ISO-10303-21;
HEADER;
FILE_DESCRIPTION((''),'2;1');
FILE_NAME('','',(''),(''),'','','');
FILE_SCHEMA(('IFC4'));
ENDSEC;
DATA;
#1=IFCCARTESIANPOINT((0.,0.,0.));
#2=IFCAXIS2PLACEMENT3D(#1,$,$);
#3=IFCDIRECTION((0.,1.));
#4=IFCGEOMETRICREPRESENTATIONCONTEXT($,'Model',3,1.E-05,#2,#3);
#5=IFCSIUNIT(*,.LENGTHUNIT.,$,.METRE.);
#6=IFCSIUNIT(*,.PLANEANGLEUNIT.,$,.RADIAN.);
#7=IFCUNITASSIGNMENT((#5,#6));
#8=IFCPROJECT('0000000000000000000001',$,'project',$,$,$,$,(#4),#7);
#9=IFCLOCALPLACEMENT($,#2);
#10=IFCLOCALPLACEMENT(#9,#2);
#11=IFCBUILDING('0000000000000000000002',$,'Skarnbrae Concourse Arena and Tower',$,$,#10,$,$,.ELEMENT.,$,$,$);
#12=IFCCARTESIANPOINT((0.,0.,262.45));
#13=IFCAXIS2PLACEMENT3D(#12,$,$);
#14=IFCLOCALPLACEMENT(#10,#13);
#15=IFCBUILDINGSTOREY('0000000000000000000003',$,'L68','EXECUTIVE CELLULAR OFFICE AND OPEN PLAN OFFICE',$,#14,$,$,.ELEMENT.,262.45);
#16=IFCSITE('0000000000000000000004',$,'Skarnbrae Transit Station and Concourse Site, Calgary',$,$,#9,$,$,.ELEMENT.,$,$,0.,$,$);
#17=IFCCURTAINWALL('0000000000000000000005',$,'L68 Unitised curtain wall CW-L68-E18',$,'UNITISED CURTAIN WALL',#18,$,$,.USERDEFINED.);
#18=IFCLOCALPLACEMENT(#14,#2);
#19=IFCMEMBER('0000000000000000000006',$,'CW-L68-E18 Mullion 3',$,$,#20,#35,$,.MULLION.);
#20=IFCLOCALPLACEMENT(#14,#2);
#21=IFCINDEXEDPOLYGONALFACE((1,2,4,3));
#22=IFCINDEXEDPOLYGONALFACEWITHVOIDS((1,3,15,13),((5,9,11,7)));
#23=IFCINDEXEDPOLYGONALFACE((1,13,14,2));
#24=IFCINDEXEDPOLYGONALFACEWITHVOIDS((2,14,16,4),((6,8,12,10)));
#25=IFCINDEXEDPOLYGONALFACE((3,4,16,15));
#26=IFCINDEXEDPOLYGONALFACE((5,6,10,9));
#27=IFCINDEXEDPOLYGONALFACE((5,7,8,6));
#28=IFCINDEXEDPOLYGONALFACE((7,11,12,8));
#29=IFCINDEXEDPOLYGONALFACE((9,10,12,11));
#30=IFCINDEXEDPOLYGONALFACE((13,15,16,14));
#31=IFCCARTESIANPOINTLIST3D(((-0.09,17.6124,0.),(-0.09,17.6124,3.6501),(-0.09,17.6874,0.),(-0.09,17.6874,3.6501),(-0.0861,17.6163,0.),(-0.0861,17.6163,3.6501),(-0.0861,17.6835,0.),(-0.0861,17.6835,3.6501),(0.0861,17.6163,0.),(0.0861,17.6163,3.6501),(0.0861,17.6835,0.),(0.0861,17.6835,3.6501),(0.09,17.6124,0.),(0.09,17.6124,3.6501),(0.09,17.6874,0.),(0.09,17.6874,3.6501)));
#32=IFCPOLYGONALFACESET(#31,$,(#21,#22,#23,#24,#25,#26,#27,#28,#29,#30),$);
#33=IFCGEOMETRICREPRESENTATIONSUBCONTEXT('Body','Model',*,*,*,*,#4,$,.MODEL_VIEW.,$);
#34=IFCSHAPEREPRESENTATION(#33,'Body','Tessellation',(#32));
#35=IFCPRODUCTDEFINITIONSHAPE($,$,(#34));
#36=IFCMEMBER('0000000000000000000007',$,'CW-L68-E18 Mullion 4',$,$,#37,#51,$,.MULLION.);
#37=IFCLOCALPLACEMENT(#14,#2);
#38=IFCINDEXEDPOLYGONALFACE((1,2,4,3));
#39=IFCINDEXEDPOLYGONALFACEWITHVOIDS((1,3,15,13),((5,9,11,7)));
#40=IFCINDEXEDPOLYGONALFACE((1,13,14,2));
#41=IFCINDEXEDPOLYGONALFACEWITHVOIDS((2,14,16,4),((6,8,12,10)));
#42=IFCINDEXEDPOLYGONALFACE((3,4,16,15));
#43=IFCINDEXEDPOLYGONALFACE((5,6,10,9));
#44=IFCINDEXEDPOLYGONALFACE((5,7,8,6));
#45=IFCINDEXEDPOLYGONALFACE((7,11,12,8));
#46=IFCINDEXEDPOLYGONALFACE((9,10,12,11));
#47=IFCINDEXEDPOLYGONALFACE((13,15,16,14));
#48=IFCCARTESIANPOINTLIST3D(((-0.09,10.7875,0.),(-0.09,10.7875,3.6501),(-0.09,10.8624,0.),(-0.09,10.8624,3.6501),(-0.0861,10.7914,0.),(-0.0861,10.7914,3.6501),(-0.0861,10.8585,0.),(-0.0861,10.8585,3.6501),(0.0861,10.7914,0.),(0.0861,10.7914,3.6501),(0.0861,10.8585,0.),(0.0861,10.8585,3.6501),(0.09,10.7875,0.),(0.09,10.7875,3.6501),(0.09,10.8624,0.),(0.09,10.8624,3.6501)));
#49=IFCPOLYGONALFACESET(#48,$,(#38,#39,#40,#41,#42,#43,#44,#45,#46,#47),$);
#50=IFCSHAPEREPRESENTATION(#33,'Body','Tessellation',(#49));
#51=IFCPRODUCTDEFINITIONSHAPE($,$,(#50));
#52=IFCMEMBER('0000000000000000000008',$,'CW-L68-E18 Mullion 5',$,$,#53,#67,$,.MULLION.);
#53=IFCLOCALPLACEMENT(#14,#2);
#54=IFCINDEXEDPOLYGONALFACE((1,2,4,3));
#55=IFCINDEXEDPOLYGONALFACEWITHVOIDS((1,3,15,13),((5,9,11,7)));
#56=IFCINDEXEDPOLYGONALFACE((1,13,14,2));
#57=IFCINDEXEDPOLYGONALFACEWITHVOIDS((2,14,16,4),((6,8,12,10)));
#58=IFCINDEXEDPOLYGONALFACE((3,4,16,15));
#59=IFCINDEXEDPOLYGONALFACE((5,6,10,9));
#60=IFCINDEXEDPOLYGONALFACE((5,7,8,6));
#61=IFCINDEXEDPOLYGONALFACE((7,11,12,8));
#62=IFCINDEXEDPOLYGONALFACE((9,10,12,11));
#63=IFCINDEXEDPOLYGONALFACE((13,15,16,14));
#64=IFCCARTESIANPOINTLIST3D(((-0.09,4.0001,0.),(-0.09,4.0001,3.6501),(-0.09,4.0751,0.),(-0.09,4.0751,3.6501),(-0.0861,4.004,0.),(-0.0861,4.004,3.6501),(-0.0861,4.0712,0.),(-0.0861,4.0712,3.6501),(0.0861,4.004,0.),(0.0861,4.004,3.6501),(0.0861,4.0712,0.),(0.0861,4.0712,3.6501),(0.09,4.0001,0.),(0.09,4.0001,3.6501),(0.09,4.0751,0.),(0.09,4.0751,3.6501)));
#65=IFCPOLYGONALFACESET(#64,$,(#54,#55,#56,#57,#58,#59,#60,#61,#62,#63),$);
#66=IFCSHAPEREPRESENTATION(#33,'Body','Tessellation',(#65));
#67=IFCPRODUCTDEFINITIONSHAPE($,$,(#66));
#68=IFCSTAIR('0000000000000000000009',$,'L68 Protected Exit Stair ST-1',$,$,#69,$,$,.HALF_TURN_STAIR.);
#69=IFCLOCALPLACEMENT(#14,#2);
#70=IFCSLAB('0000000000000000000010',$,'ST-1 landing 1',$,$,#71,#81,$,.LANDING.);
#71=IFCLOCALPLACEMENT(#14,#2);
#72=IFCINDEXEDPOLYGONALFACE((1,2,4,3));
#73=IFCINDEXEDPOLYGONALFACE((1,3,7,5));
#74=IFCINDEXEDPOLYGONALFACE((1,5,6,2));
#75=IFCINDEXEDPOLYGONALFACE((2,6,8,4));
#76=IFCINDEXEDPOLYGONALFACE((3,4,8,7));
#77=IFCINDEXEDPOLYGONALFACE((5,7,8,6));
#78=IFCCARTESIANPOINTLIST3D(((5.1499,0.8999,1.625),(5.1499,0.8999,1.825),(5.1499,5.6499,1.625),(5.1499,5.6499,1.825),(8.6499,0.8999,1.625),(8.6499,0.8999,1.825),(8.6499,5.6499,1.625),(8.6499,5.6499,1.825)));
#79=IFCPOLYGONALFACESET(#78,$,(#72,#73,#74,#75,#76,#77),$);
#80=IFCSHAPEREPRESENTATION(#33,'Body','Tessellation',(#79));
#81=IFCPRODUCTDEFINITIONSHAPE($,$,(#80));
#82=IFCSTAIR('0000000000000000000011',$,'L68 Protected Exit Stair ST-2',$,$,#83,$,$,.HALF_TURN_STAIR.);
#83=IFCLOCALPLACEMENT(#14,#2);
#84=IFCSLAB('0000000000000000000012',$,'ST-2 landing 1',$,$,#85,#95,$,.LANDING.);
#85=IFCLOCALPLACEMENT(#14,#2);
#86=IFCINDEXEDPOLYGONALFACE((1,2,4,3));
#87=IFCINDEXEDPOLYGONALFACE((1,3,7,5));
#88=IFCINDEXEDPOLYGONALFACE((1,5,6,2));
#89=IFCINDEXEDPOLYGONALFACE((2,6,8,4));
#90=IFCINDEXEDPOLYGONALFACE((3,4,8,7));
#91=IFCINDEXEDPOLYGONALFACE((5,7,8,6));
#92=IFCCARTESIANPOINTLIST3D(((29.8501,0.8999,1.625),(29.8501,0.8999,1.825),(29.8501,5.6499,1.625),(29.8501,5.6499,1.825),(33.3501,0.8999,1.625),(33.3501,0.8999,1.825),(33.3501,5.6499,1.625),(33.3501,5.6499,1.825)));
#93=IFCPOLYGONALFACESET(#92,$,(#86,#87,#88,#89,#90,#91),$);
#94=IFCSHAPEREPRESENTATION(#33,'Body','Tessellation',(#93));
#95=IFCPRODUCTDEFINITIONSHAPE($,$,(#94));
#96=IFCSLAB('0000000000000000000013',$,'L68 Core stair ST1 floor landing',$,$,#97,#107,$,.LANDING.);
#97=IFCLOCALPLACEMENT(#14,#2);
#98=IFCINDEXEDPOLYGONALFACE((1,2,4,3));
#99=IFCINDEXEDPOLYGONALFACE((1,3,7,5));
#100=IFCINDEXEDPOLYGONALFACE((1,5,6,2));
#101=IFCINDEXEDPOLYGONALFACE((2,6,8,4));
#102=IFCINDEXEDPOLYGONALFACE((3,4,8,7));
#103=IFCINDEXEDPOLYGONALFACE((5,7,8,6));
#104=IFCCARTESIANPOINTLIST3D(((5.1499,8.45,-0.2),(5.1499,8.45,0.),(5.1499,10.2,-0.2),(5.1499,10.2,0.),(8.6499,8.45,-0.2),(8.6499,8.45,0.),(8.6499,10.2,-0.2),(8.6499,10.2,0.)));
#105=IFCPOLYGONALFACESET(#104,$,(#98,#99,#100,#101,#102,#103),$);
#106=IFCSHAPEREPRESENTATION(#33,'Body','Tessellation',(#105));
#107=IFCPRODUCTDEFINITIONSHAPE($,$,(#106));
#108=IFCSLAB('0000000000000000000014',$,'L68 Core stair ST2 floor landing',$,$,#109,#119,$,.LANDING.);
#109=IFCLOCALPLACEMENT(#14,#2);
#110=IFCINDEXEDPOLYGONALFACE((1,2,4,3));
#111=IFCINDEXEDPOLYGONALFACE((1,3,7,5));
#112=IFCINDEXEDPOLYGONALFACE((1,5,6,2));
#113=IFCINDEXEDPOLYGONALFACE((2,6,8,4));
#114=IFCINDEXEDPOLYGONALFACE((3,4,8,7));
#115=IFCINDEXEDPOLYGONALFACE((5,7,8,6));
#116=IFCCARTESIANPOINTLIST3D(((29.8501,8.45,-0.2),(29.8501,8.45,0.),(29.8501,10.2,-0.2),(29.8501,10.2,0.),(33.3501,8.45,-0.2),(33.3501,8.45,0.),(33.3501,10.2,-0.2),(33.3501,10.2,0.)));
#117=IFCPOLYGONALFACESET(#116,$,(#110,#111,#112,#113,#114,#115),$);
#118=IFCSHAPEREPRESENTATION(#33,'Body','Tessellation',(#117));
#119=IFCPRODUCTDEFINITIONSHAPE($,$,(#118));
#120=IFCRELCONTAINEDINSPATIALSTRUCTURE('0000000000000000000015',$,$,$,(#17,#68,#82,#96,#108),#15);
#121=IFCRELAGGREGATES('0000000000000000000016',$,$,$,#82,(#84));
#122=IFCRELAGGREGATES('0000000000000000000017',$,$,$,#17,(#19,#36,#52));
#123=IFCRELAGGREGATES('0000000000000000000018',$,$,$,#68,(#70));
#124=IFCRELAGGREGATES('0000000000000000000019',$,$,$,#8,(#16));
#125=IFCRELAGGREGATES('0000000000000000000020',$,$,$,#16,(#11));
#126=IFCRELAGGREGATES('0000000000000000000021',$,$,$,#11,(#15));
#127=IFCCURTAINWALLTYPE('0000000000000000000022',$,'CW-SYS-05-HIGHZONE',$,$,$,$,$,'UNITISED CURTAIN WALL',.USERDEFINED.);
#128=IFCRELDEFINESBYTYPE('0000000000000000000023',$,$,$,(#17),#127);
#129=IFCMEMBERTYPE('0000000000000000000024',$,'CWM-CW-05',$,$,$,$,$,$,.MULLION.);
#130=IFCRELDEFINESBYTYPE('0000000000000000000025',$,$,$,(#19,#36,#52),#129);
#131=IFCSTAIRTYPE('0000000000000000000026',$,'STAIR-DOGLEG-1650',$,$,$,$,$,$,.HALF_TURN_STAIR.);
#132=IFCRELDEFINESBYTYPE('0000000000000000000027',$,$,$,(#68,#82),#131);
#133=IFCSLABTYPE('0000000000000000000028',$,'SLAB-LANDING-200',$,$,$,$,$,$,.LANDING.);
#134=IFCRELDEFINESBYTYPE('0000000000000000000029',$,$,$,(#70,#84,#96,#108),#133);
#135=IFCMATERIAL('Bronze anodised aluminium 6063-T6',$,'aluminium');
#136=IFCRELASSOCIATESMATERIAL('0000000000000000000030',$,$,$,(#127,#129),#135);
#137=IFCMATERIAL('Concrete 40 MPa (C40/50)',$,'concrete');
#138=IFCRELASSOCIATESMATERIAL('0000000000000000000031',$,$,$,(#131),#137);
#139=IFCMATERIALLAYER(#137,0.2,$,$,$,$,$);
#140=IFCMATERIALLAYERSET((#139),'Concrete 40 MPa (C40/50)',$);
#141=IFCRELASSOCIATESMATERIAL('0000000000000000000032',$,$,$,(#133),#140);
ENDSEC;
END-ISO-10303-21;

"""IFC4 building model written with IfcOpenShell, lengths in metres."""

from ifc_helpers import new_model, si_unit, direction, frame, origin, origin_2d, place, context, subcontext, project, spatial, polyline, hollow_rectangle, outline, extrude, source, transform, mapped, material, layer, layer_set, material_profile, profile_set, type_object, element, aggregate, save


model = new_model("IFC4")

# Units and contexts
model_context = context("Model", 3, precision=1e-05, world=origin(), true_north=direction((0.0, 1.0)))
body_context = subcontext(model_context, "Body", "Model", "MODEL_VIEW")
ifc_project = project(units=[si_unit("LENGTHUNIT", "METRE"), si_unit("PLANEANGLEUNIT", "RADIAN")], contexts=[model_context])

# Site, building, storey
site_placement = place(None, origin())
site = spatial("IfcSite", under=ifc_project, at=site_placement, Name="Skarnbrae Transit Station and Concourse Site, Calgary", CompositionType="ELEMENT", RefElevation=0.0)
building_placement = place(site_placement, origin())
building = spatial("IfcBuilding", under=site, at=building_placement, Name="Skarnbrae Concourse Arena and Tower", CompositionType="ELEMENT")
storey_placement = place(building_placement, frame((0.0, 0.0, 262.45)))
storey = spatial("IfcBuildingStorey", under=building, at=storey_placement, Name="L68", Description="EXECUTIVE CELLULAR OFFICE AND OPEN PLAN OFFICE", CompositionType="ELEMENT", Elevation=262.45)

# Curtain wall, members
ifc_material_1 = material(Name="Bronze anodised aluminium 6063-T6", Category="aluminium")
curtain_wall_type = type_object("IfcCurtainWallType", Name="CW-SYS-05-HIGHZONE", ElementType="UNITISED CURTAIN WALL", PredefinedType="USERDEFINED", material=ifc_material_1)
curtain_wall_placement = place(storey_placement, origin())
curtain_wall = element("IfcCurtainWall", 1, at=curtain_wall_placement, inside=storey, type_object=curtain_wall_type, Name="L68 Unitised curtain wall CW-L68-E18", ObjectType="UNITISED CURTAIN WALL", PredefinedType="USERDEFINED")
ifc_material_profile_1 = material_profile(ifc_material_1, hollow_rectangle(XDim=0.075, YDim=0.1799, WallThickness=0.0039, at=origin_2d()), Name="ALU-MULL-75X180")
ifc_profile_set_1 = profile_set([ifc_material_profile_1], Name="Bronze anodised aluminium 6063-T6")
member_type_1 = type_object("IfcMemberType", Name="CWM-CW-05", PredefinedType="MULLION", material=ifc_profile_set_1)
shared_shape_1 = source(origin(), body_context, "Body", "SweptSolid", [
    extrude(hollow_rectangle(XDim=0.075, YDim=0.1799, WallThickness=0.0039, at=origin_2d()), origin(), (0.0, 0.0, 1.0), 3.6501),
])
member_1_placement = place(storey_placement, frame((0.0, 17.6499, 0.0), z_axis=(0.0, 0.0, 1.0), x_axis=(0.0, -1.0, 0.0)))
member_1 = element("IfcMember", 2, at=member_1_placement, type_object=member_type_1, Name="CW-L68-E18 Mullion 3", PredefinedType="MULLION", context=body_context, shape_type="MappedRepresentation", body=[
    mapped(shared_shape_1, transform((0.0, 0.0, 0.0))),
])
member_2_placement = place(storey_placement, frame((0.0, 10.825, 0.0), z_axis=(0.0, 0.0, 1.0), x_axis=(0.0, -1.0, 0.0)))
member_2 = element("IfcMember", 3, at=member_2_placement, type_object=member_type_1, Name="CW-L68-E18 Mullion 4", PredefinedType="MULLION", context=body_context, shape_type="MappedRepresentation", body=[
    mapped(shared_shape_1, transform((0.0, 0.0, 0.0))),
])
member_3_placement = place(storey_placement, frame((0.0, 4.0376, 0.0), z_axis=(0.0, 0.0, 1.0), x_axis=(0.0, -1.0, 0.0)))
member_3 = element("IfcMember", 4, at=member_3_placement, type_object=member_type_1, Name="CW-L68-E18 Mullion 5", PredefinedType="MULLION", context=body_context, shape_type="MappedRepresentation", body=[
    mapped(shared_shape_1, transform((0.0, 0.0, 0.0))),
])

# Stairs, slabs
ifc_material_2 = material(Name="Concrete 40 MPa (C40/50)", Category="concrete")
stair_type = type_object("IfcStairType", Name="STAIR-DOGLEG-1650", PredefinedType="HALF_TURN_STAIR", material=ifc_material_2)
stair_1_placement = place(storey_placement, origin())
stair_1 = element("IfcStair", 5, at=stair_1_placement, inside=storey, type_object=stair_type, Name="L68 Protected Exit Stair ST-1", PredefinedType="HALF_TURN_STAIR")
ifc_layer_1 = layer(ifc_material_2, 0.2)
ifc_layer_set_1 = layer_set([ifc_layer_1], Name="Concrete 40 MPa (C40/50)")
slab_type_1 = type_object("IfcSlabType", Name="SLAB-LANDING-200", PredefinedType="LANDING", material=ifc_layer_set_1)
slab_1_placement = place(storey_placement, frame((0.0, 0.0, 1.625)))
slab_1 = element("IfcSlab", 6, at=slab_1_placement, type_object=slab_type_1, Name="ST-1 landing 1", PredefinedType="LANDING", context=body_context, shape_type="SweptSolid", body=[
    extrude(outline(polyline([(5.1499, 5.6499), (5.1499, 0.8999), (8.6499, 0.8999), (8.6499, 5.6499), (5.1499, 5.6499)])), origin(), (0.0, 0.0, 1.0), 0.2),
])
stair_2_placement = place(storey_placement, origin())
stair_2 = element("IfcStair", 7, at=stair_2_placement, inside=storey, type_object=stair_type, Name="L68 Protected Exit Stair ST-2", PredefinedType="HALF_TURN_STAIR")
slab_2_placement = place(storey_placement, frame((0.0, 0.0, 1.625)))
slab_2 = element("IfcSlab", 8, at=slab_2_placement, type_object=slab_type_1, Name="ST-2 landing 1", PredefinedType="LANDING", context=body_context, shape_type="SweptSolid", body=[
    extrude(outline(polyline([(29.8501, 5.6499), (29.8501, 0.8999), (33.3501, 0.8999), (33.3501, 5.6499), (29.8501, 5.6499)])), origin(), (0.0, 0.0, 1.0), 0.2),
])
aggregate(stair_2, [slab_2])

# Slabs
slab_3_placement = place(storey_placement, frame((0.0, 0.0, -0.2)))
element("IfcSlab", 9, at=slab_3_placement, inside=storey, type_object=slab_type_1, Name="L68 Core stair ST1 floor landing", PredefinedType="LANDING", context=body_context, shape_type="SweptSolid", body=[
    extrude(outline(polyline([(5.1499, 10.2), (5.1499, 8.45), (8.6499, 8.45), (8.6499, 10.2), (5.1499, 10.2)])), origin(), (0.0, 0.0, 1.0), 0.2),
])
slab_4_placement = place(storey_placement, frame((0.0, 0.0, -0.2)))
element("IfcSlab", 10, at=slab_4_placement, inside=storey, type_object=slab_type_1, Name="L68 Core stair ST2 floor landing", PredefinedType="LANDING", context=body_context, shape_type="SweptSolid", body=[
    extrude(outline(polyline([(29.8501, 10.2), (29.8501, 8.45), (33.3501, 8.45), (33.3501, 10.2), (29.8501, 10.2)])), origin(), (0.0, 0.0, 1.0), 0.2),
])

aggregate(curtain_wall, [member_1, member_2, member_3])

aggregate(stair_1, [slab_1])

save(model, "model.ifc")
